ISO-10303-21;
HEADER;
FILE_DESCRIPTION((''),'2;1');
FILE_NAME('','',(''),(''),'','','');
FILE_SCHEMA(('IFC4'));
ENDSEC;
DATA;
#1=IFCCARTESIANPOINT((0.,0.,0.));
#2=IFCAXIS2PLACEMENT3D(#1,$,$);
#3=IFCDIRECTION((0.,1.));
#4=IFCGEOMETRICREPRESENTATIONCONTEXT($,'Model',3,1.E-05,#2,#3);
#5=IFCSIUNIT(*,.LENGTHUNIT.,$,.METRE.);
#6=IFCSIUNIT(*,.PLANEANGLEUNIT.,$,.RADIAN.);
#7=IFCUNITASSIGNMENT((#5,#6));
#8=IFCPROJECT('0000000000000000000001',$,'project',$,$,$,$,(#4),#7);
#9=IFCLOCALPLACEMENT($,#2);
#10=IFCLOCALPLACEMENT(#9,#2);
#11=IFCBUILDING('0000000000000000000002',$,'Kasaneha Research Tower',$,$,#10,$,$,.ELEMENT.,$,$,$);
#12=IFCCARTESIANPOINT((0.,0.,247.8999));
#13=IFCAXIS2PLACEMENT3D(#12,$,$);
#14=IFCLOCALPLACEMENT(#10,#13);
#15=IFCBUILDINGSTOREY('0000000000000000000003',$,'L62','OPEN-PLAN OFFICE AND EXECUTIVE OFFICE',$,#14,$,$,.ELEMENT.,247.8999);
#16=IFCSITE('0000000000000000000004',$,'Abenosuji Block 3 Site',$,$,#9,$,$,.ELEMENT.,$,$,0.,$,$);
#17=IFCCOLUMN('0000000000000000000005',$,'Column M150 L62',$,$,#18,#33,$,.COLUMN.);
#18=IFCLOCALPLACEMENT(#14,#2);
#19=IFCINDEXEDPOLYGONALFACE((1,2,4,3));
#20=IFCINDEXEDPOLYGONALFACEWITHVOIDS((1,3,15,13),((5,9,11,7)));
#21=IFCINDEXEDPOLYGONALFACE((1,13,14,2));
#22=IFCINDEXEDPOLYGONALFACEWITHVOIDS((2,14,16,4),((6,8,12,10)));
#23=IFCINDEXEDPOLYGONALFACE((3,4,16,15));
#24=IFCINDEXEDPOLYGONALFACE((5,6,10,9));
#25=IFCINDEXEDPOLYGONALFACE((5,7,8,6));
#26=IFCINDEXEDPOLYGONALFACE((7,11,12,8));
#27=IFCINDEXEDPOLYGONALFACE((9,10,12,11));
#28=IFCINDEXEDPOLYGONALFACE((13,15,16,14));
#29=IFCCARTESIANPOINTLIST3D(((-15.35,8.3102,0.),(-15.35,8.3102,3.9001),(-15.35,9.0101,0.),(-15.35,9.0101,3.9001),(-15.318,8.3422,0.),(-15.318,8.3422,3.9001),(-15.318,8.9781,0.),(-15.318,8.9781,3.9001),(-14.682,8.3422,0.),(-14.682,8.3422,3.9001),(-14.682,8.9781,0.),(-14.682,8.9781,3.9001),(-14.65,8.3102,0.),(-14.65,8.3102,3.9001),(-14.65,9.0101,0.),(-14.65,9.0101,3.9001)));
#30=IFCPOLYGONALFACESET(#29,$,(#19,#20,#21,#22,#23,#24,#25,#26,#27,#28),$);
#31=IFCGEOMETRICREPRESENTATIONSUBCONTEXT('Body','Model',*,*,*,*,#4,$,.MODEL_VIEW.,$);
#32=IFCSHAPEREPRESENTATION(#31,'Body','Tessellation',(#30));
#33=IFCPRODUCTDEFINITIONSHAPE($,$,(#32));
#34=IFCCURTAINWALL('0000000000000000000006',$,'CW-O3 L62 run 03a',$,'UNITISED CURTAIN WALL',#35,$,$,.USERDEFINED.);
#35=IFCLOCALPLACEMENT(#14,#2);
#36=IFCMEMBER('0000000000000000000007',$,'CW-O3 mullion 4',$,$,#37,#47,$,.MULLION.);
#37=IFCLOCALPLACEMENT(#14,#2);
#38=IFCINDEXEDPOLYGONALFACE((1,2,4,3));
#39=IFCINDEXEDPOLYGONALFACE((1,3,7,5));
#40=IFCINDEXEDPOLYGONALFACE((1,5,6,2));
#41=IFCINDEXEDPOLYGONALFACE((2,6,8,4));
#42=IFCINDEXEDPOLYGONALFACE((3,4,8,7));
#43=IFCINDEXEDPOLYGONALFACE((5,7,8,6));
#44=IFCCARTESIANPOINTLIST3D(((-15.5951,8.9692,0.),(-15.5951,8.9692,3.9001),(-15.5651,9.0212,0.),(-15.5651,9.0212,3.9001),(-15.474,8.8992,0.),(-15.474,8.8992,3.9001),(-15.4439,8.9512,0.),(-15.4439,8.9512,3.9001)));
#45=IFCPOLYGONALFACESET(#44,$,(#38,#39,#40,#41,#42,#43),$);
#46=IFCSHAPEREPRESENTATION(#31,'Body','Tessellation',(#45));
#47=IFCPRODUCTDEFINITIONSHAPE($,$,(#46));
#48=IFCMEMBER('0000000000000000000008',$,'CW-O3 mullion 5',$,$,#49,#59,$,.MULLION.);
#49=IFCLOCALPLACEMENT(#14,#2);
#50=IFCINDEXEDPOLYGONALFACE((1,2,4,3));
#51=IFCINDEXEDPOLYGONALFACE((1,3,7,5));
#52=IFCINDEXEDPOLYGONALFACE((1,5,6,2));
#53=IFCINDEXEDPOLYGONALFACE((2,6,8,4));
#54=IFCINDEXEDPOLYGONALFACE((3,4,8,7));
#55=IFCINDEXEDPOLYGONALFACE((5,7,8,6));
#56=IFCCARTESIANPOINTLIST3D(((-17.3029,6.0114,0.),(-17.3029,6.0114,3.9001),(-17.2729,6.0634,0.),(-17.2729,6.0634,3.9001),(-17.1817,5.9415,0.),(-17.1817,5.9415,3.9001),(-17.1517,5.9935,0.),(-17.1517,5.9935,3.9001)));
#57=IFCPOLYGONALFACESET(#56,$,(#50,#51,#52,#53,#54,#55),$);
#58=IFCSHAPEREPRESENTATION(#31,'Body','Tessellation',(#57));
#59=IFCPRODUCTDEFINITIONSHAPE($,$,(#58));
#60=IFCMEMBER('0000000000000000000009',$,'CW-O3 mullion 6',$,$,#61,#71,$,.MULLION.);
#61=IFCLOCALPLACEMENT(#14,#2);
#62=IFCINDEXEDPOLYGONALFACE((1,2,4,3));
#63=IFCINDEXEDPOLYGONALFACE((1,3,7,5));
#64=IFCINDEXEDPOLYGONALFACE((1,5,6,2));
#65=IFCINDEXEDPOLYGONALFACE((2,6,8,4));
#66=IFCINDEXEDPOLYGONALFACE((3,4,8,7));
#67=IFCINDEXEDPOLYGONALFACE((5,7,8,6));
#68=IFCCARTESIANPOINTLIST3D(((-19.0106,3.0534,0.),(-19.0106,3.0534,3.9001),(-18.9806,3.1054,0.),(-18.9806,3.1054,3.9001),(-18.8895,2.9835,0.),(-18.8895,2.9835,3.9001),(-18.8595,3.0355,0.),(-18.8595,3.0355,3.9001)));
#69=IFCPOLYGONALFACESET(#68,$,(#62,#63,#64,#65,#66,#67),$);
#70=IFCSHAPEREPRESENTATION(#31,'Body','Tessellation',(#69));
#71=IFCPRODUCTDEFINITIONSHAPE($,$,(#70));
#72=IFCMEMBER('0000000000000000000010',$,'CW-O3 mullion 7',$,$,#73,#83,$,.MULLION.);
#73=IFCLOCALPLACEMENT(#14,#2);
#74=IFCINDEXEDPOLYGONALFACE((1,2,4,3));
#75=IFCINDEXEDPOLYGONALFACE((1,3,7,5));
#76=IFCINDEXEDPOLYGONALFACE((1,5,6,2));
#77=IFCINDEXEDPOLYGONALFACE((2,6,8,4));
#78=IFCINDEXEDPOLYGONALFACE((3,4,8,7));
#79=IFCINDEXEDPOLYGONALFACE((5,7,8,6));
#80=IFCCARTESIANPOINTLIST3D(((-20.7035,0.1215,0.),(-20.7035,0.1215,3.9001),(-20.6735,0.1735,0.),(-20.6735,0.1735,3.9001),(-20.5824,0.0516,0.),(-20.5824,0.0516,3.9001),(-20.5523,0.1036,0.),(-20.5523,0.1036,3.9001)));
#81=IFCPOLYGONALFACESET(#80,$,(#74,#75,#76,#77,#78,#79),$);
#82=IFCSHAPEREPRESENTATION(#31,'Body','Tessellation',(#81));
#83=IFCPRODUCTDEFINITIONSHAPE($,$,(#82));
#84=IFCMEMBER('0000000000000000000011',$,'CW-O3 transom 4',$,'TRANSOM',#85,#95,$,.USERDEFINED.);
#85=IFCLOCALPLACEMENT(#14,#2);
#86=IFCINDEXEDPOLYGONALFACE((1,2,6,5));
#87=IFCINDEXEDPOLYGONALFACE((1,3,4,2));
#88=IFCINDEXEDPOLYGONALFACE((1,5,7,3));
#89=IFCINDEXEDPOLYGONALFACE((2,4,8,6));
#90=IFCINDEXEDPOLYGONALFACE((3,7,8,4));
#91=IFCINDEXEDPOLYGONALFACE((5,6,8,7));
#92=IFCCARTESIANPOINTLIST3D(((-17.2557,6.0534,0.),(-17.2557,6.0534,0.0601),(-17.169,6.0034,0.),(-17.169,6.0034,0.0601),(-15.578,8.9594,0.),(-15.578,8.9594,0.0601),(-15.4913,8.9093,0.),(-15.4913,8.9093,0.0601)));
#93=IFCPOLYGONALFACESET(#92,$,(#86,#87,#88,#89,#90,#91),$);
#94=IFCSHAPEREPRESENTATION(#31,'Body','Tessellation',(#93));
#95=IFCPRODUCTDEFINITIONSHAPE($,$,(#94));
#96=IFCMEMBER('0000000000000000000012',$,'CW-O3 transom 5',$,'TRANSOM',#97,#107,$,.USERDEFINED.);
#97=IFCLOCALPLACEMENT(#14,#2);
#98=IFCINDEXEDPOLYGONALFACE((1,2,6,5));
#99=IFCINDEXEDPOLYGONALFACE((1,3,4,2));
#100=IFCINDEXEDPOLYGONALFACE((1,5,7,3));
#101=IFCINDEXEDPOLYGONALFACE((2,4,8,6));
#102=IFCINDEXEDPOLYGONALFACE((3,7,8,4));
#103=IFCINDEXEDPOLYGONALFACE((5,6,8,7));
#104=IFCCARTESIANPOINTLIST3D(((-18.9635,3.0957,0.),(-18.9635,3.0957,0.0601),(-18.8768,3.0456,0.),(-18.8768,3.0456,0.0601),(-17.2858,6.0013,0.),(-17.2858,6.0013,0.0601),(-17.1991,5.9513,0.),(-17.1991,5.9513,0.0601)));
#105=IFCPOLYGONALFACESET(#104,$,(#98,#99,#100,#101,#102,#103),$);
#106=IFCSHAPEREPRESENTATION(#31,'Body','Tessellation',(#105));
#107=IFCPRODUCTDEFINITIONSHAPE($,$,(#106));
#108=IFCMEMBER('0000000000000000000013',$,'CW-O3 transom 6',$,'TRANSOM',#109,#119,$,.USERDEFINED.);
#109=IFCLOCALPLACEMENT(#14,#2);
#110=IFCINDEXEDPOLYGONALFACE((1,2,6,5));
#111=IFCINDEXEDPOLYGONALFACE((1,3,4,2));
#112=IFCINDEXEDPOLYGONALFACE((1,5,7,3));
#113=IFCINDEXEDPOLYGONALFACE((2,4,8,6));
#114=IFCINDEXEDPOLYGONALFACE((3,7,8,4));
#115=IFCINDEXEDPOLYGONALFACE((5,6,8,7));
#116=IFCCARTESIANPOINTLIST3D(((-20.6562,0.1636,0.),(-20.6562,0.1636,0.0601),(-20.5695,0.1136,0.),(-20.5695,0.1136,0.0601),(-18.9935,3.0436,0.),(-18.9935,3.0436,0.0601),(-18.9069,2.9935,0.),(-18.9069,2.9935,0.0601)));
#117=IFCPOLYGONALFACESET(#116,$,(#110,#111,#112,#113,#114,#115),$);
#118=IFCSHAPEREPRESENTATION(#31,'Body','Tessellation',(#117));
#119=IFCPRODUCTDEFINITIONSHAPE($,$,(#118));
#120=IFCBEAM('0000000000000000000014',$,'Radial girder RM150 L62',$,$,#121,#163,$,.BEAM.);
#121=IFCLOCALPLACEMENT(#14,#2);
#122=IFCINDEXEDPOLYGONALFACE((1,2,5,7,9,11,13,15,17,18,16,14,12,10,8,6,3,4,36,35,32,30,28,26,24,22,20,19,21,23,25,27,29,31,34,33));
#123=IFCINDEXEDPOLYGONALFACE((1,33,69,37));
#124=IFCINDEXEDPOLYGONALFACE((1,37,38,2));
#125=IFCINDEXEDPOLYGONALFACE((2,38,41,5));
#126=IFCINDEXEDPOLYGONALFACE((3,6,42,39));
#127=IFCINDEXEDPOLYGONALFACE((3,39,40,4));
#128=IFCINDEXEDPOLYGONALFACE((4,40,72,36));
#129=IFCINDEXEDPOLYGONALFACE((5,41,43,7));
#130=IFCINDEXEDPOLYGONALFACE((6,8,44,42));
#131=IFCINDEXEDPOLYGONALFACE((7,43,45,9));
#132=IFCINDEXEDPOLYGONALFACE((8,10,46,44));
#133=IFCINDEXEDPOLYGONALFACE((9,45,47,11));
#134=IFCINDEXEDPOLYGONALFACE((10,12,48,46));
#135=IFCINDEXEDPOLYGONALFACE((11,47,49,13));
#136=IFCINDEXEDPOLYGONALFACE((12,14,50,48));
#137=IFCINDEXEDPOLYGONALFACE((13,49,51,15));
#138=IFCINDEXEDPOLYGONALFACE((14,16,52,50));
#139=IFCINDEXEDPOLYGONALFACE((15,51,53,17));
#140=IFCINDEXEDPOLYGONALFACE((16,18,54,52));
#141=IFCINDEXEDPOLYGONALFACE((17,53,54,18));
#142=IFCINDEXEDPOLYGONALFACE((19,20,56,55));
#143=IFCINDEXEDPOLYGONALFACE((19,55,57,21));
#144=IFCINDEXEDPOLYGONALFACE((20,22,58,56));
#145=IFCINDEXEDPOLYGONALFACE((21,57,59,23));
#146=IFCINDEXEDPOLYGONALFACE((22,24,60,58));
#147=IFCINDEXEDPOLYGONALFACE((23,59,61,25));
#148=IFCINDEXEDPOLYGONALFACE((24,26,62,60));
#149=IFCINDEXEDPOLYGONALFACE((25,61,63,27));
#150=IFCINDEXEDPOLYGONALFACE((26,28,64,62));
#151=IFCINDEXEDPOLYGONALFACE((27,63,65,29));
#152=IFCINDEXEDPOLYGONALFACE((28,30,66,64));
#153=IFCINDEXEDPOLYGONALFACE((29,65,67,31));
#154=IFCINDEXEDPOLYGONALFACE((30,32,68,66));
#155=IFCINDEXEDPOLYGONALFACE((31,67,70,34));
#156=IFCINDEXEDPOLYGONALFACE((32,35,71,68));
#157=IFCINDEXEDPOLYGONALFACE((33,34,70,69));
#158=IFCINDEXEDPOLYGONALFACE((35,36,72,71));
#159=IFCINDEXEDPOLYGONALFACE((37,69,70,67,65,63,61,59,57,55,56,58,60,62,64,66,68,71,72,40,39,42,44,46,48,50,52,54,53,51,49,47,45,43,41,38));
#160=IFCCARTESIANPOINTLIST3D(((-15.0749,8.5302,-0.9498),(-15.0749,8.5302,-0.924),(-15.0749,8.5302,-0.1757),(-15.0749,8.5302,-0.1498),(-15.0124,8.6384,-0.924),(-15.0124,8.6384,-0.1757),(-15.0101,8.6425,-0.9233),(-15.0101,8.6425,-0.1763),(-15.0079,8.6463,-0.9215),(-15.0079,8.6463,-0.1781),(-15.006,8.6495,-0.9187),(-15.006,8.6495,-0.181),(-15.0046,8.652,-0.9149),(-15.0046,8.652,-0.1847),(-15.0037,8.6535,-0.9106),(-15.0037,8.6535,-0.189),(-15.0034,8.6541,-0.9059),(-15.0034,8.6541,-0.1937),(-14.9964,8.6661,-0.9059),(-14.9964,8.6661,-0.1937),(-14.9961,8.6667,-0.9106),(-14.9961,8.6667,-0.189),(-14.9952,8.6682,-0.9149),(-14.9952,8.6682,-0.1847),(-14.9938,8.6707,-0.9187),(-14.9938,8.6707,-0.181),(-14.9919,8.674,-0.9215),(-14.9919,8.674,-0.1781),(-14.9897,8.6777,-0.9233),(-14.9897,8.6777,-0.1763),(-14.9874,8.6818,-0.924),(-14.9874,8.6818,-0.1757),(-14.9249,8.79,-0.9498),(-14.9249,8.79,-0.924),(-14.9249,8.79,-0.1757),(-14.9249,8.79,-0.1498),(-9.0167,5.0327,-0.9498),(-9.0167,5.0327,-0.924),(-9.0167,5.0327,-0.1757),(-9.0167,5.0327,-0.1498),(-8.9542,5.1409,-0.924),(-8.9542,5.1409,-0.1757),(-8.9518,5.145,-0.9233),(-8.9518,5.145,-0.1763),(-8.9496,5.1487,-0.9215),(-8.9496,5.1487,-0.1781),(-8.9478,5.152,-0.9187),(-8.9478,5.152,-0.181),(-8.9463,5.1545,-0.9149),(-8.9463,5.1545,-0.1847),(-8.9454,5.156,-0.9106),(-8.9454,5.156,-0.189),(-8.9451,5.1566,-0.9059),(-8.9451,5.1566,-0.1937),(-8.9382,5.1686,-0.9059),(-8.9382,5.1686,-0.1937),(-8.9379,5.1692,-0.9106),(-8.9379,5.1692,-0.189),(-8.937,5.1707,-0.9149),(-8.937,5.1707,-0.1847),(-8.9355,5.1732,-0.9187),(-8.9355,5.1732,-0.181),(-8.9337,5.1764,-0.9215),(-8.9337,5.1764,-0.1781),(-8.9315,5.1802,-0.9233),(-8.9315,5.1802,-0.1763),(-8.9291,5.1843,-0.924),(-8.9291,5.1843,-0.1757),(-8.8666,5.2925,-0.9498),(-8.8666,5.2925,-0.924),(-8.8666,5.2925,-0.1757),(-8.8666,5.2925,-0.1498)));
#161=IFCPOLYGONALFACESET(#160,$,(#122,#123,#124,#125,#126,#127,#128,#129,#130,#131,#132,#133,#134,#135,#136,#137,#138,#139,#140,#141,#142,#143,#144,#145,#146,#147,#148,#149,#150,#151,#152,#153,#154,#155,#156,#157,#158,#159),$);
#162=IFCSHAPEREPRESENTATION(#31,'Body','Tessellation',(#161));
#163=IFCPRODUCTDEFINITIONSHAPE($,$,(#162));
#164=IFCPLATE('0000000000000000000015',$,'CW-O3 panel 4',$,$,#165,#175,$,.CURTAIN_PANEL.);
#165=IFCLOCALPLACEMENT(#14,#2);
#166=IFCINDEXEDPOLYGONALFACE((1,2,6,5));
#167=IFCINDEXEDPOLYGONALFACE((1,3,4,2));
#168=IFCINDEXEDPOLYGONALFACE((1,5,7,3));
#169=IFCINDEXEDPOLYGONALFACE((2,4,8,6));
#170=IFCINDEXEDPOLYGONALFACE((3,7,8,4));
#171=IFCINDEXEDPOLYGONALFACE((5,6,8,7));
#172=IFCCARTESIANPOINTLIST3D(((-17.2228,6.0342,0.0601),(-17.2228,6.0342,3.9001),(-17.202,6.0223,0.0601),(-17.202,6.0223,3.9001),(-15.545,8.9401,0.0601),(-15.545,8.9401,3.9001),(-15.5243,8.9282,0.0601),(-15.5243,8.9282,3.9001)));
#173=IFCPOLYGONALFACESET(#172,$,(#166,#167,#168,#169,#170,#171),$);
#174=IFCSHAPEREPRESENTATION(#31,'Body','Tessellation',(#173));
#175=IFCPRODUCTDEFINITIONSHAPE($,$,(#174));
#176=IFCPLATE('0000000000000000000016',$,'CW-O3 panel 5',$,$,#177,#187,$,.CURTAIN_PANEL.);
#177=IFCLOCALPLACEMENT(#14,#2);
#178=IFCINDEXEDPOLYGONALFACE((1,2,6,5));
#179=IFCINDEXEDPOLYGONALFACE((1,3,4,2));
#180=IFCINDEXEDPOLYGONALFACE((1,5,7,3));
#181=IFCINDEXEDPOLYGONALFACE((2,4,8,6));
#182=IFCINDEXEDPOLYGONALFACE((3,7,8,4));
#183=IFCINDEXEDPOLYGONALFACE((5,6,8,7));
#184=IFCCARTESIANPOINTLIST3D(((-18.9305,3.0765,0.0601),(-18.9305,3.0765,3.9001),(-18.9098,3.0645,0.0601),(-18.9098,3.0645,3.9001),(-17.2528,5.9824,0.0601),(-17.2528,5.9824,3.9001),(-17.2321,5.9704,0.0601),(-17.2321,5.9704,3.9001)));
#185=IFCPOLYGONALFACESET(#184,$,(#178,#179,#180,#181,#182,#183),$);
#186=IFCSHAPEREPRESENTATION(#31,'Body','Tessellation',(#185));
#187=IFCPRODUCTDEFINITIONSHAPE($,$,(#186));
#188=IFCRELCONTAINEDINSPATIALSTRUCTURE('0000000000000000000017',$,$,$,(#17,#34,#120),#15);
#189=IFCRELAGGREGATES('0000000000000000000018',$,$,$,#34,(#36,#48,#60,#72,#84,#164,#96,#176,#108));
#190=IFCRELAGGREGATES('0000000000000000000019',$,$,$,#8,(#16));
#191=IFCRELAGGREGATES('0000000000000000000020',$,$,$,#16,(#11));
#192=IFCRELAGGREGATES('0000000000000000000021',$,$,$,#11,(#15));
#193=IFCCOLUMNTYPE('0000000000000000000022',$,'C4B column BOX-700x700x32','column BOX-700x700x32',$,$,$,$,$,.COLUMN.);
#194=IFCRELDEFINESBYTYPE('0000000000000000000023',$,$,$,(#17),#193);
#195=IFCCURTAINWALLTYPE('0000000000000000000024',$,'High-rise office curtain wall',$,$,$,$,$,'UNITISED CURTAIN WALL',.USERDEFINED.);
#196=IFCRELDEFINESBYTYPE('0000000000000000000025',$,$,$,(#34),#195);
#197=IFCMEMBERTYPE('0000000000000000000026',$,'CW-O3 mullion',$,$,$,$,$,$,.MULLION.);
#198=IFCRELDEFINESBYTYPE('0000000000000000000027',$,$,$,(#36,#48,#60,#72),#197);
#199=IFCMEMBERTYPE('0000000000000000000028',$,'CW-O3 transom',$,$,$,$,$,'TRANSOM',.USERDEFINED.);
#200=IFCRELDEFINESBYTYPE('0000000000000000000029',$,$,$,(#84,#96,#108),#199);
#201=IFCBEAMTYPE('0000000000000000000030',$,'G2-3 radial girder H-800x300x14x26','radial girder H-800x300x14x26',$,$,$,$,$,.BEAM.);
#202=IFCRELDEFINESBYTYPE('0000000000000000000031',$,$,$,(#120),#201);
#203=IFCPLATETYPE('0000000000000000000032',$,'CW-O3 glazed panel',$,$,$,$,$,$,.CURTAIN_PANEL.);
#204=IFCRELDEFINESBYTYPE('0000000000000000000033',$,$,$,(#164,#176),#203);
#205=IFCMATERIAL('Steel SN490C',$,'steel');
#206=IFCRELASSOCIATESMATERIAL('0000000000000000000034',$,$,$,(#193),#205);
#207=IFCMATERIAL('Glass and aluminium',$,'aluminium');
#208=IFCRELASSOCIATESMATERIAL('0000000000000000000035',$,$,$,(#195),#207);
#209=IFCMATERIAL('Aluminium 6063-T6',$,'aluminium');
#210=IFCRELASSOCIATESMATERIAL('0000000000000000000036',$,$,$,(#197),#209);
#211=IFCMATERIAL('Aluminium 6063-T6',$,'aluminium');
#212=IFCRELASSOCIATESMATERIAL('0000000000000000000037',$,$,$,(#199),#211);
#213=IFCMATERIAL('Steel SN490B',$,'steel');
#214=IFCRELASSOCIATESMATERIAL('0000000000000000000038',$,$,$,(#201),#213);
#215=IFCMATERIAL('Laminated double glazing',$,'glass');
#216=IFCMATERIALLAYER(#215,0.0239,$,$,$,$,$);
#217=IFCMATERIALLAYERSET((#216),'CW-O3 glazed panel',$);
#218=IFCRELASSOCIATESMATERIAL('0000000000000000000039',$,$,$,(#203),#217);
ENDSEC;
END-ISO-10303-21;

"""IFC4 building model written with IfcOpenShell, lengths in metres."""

from ifc_helpers import new_model, si_unit, direction, frame, origin, origin_2d, place, context, subcontext, project, spatial, rectangle, hollow_rectangle, i_section, extrude, material, layer, layer_set, material_profile, profile_set, type_object, element, aggregate, save


model = new_model("IFC4")

# Units and contexts
model_context = context("Model", 3, precision=1e-05, world=origin(), true_north=direction((0.0, 1.0)))
body_context = subcontext(model_context, "Body", "Model", "MODEL_VIEW")
ifc_project = project(units=[si_unit("LENGTHUNIT", "METRE"), si_unit("PLANEANGLEUNIT", "RADIAN")], contexts=[model_context])

# Site, building, storey
site_placement = place(None, origin())
site = spatial("IfcSite", under=ifc_project, at=site_placement, Name="Abenosuji Block 3 Site", CompositionType="ELEMENT", RefElevation=0.0)
building_placement = place(site_placement, origin())
building = spatial("IfcBuilding", under=site, at=building_placement, Name="Kasaneha Research Tower", CompositionType="ELEMENT")
storey_placement = place(building_placement, frame((0.0, 0.0, 247.8999)))
storey = spatial("IfcBuildingStorey", under=building, at=storey_placement, Name="L62", Description="OPEN-PLAN OFFICE AND EXECUTIVE OFFICE", CompositionType="ELEMENT", Elevation=247.8999)

# Column
ifc_material_1 = material(Name="Steel SN490C", Category="steel")
ifc_material_profile_1 = material_profile(ifc_material_1, hollow_rectangle(XDim=0.7, YDim=0.7, WallThickness=0.032, at=origin_2d()), Name="BOX-700x700x32")
ifc_profile_set_1 = profile_set([ifc_material_profile_1], Name="Steel SN490C")
column_type = type_object("IfcColumnType", Name="C4B column BOX-700x700x32", Description="column BOX-700x700x32", PredefinedType="COLUMN", material=ifc_profile_set_1)
column_placement = place(storey_placement, frame((-15.0, 8.6602, 0.0), z_axis=(0.0, 0.0, 1.0), x_axis=(1.0, 0.0, 0.0)))
element("IfcColumn", 1, at=column_placement, inside=storey, type_object=column_type, Name="Column M150 L62", PredefinedType="COLUMN", context=body_context, shape_type="SweptSolid", body=[
    extrude(hollow_rectangle(XDim=0.7, YDim=0.7, WallThickness=0.032, at=origin_2d()), origin(), (0.0, 0.0, 1.0), 3.9001),
])

# Curtain wall, members
ifc_material_2 = material(Name="Glass and aluminium", Category="aluminium")
curtain_wall_type = type_object("IfcCurtainWallType", Name="High-rise office curtain wall", ElementType="UNITISED CURTAIN WALL", PredefinedType="USERDEFINED", material=ifc_material_2)
curtain_wall_placement = place(storey_placement, origin())
curtain_wall = element("IfcCurtainWall", 2, at=curtain_wall_placement, inside=storey, type_object=curtain_wall_type, Name="CW-O3 L62 run 03a", ObjectType="UNITISED CURTAIN WALL", PredefinedType="USERDEFINED")
ifc_material_3 = material(Name="Aluminium 6063-T6", Category="aluminium")
ifc_material_profile_2 = material_profile(ifc_material_3, rectangle(XDim=0.0601, YDim=0.1399, at=origin_2d()), Name="CW-O3 mullion 60x140")
ifc_profile_set_2 = profile_set([ifc_material_profile_2], Name="Aluminium 6063-T6")
member_type_1 = type_object("IfcMemberType", Name="CW-O3 mullion", PredefinedType="MULLION", material=ifc_profile_set_2)
member_1_placement = place(storey_placement, frame((-15.5195, 8.9602, 0.0), z_axis=(0.0, 0.0, 1.0), x_axis=(-0.5, -0.866025, 0.0)))
member_1 = element("IfcMember", 3, at=member_1_placement, type_object=member_type_1, Name="CW-O3 mullion 4", PredefinedType="MULLION", context=body_context, shape_type="SweptSolid", body=[
    extrude(rectangle(XDim=0.0601, YDim=0.1399, at=origin_2d()), origin(), (0.0, 0.0, 1.0), 3.9001),
])
member_2_placement = place(storey_placement, frame((-17.2273, 6.0024, 0.0), z_axis=(0.0, 0.0, 1.0), x_axis=(-0.5, -0.866025, 0.0)))
member_2 = element("IfcMember", 4, at=member_2_placement, type_object=member_type_1, Name="CW-O3 mullion 5", PredefinedType="MULLION", context=body_context, shape_type="SweptSolid", body=[
    extrude(rectangle(XDim=0.0601, YDim=0.1399, at=origin_2d()), origin(), (0.0, 0.0, 1.0), 3.9001),
])
member_3_placement = place(storey_placement, frame((-18.9351, 3.0444, 0.0), z_axis=(0.0, 0.0, 1.0), x_axis=(-0.5, -0.866025, 0.0)))
member_3 = element("IfcMember", 5, at=member_3_placement, type_object=member_type_1, Name="CW-O3 mullion 6", PredefinedType="MULLION", context=body_context, shape_type="SweptSolid", body=[
    extrude(rectangle(XDim=0.0601, YDim=0.1399, at=origin_2d()), origin(), (0.0, 0.0, 1.0), 3.9001),
])
member_4_placement = place(storey_placement, frame((-20.6279, 0.1125, 0.0), z_axis=(0.0, 0.0, 1.0), x_axis=(-0.5, -0.866025, 0.0)))
member_4 = element("IfcMember", 6, at=member_4_placement, type_object=member_type_1, Name="CW-O3 mullion 7", PredefinedType="MULLION", context=body_context, shape_type="SweptSolid", body=[
    extrude(rectangle(XDim=0.0601, YDim=0.1399, at=origin_2d()), origin(), (0.0, 0.0, 1.0), 3.9001),
])
ifc_material_4 = material(Name="Aluminium 6063-T6", Category="aluminium")
ifc_material_profile_3 = material_profile(ifc_material_4, rectangle(XDim=0.1001, YDim=0.0601, at=origin_2d()), Name="CW-O3 transom 100x60")
ifc_profile_set_3 = profile_set([ifc_material_profile_3], Name="Aluminium 6063-T6")
member_type_2 = type_object("IfcMemberType", Name="CW-O3 transom", ElementType="TRANSOM", PredefinedType="USERDEFINED", material=ifc_profile_set_3)
member_5_placement = place(storey_placement, frame((-15.5347, 8.9343, 0.03), z_axis=(-0.499989, -0.866032, 0.0), x_axis=(0.866032, -0.499989, 0.0)))
member_5 = element("IfcMember", 7, at=member_5_placement, type_object=member_type_2, Name="CW-O3 transom 4", ObjectType="TRANSOM", PredefinedType="USERDEFINED", context=body_context, shape_type="SweptSolid", body=[
    extrude(rectangle(XDim=0.1001, YDim=0.0601, at=origin_2d()), origin(), (0.0, 0.0, 1.0), 3.3555),
])
member_6_placement = place(storey_placement, frame((-17.2424, 5.9763, 0.03), z_axis=(-0.500021, -0.866014, 0.0), x_axis=(0.866014, -0.500021, 0.0)))
member_6 = element("IfcMember", 8, at=member_6_placement, type_object=member_type_2, Name="CW-O3 transom 5", ObjectType="TRANSOM", PredefinedType="USERDEFINED", context=body_context, shape_type="SweptSolid", body=[
    extrude(rectangle(XDim=0.1001, YDim=0.0601, at=origin_2d()), origin(), (0.0, 0.0, 1.0), 3.3552),
])
member_7_placement = place(storey_placement, frame((-18.9502, 3.0186, 0.03), z_axis=(-0.499977, -0.866039, 0.0), x_axis=(0.866039, -0.499977, 0.0)))
member_7 = element("IfcMember", 9, at=member_7_placement, type_object=member_type_2, Name="CW-O3 transom 6", ObjectType="TRANSOM", PredefinedType="USERDEFINED", context=body_context, shape_type="SweptSolid", body=[
    extrude(rectangle(XDim=0.1001, YDim=0.0601, at=origin_2d()), origin(), (0.0, 0.0, 1.0), 3.3254),
])

# Beam
ifc_material_5 = material(Name="Steel SN490B", Category="steel")
ifc_material_profile_4 = material_profile(ifc_material_5, i_section(OverallWidth=0.3, OverallDepth=0.8, WebThickness=0.0139, FlangeThickness=0.0259, FilletRadius=0.0181, at=origin_2d()), Name="H-800x300x14x26")
ifc_profile_set_4 = profile_set([ifc_material_profile_4], Name="Steel SN490B")
beam_type = type_object("IfcBeamType", Name="G2-3 radial girder H-800x300x14x26", Description="radial girder H-800x300x14x26", PredefinedType="BEAM", material=ifc_profile_set_4)
beam_placement = place(storey_placement, frame((-8.9417, 5.1626, -0.5498), z_axis=(-0.86604, 0.499975, 0.0), x_axis=(-0.499975, -0.86604, 0.0)))
element("IfcBeam", 10, at=beam_placement, inside=storey, type_object=beam_type, Name="Radial girder RM150 L62", PredefinedType="BEAM", context=body_context, shape_type="SweptSolid", body=[
    extrude(i_section(OverallWidth=0.3, OverallDepth=0.8, WebThickness=0.0139, FlangeThickness=0.0259, FilletRadius=0.0181, at=origin_2d()), origin(), (0.0, 0.0, 1.0), 6.9954),
])

# Plates
ifc_material_6 = material(Name="Laminated double glazing", Category="glass")
ifc_layer_1 = layer(ifc_material_6, 0.0239)
ifc_layer_set_1 = layer_set([ifc_layer_1], Name="CW-O3 glazed panel")
plate_type = type_object("IfcPlateType", Name="CW-O3 glazed panel", PredefinedType="CURTAIN_PANEL", material=ifc_layer_set_1)
plate_1_placement = place(storey_placement, frame((-16.3735, 7.4812, 0.0601), z_axis=(0.0, 0.0, 1.0), x_axis=(-0.5, -0.866025, 0.0)))
plate_1 = element("IfcPlate", 11, at=plate_1_placement, type_object=plate_type, Name="CW-O3 panel 4", PredefinedType="CURTAIN_PANEL", context=body_context, shape_type="SweptSolid", body=[
    extrude(rectangle(XDim=3.3555, YDim=0.0239, at=origin_2d()), origin(), (0.0, 0.0, 1.0), 3.8401),
])
plate_2_placement = place(storey_placement, frame((-18.0813, 4.5234, 0.0601), z_axis=(0.0, 0.0, 1.0), x_axis=(-0.5, -0.866025, 0.0)))
plate_2 = element("IfcPlate", 12, at=plate_2_placement, type_object=plate_type, Name="CW-O3 panel 5", PredefinedType="CURTAIN_PANEL", context=body_context, shape_type="SweptSolid", body=[
    extrude(rectangle(XDim=3.3555, YDim=0.0239, at=origin_2d()), origin(), (0.0, 0.0, 1.0), 3.8401),
])
aggregate(curtain_wall, [member_1, member_2, member_3, member_4, member_5, plate_1, member_6, plate_2, member_7])

save(model, "model.ifc")
